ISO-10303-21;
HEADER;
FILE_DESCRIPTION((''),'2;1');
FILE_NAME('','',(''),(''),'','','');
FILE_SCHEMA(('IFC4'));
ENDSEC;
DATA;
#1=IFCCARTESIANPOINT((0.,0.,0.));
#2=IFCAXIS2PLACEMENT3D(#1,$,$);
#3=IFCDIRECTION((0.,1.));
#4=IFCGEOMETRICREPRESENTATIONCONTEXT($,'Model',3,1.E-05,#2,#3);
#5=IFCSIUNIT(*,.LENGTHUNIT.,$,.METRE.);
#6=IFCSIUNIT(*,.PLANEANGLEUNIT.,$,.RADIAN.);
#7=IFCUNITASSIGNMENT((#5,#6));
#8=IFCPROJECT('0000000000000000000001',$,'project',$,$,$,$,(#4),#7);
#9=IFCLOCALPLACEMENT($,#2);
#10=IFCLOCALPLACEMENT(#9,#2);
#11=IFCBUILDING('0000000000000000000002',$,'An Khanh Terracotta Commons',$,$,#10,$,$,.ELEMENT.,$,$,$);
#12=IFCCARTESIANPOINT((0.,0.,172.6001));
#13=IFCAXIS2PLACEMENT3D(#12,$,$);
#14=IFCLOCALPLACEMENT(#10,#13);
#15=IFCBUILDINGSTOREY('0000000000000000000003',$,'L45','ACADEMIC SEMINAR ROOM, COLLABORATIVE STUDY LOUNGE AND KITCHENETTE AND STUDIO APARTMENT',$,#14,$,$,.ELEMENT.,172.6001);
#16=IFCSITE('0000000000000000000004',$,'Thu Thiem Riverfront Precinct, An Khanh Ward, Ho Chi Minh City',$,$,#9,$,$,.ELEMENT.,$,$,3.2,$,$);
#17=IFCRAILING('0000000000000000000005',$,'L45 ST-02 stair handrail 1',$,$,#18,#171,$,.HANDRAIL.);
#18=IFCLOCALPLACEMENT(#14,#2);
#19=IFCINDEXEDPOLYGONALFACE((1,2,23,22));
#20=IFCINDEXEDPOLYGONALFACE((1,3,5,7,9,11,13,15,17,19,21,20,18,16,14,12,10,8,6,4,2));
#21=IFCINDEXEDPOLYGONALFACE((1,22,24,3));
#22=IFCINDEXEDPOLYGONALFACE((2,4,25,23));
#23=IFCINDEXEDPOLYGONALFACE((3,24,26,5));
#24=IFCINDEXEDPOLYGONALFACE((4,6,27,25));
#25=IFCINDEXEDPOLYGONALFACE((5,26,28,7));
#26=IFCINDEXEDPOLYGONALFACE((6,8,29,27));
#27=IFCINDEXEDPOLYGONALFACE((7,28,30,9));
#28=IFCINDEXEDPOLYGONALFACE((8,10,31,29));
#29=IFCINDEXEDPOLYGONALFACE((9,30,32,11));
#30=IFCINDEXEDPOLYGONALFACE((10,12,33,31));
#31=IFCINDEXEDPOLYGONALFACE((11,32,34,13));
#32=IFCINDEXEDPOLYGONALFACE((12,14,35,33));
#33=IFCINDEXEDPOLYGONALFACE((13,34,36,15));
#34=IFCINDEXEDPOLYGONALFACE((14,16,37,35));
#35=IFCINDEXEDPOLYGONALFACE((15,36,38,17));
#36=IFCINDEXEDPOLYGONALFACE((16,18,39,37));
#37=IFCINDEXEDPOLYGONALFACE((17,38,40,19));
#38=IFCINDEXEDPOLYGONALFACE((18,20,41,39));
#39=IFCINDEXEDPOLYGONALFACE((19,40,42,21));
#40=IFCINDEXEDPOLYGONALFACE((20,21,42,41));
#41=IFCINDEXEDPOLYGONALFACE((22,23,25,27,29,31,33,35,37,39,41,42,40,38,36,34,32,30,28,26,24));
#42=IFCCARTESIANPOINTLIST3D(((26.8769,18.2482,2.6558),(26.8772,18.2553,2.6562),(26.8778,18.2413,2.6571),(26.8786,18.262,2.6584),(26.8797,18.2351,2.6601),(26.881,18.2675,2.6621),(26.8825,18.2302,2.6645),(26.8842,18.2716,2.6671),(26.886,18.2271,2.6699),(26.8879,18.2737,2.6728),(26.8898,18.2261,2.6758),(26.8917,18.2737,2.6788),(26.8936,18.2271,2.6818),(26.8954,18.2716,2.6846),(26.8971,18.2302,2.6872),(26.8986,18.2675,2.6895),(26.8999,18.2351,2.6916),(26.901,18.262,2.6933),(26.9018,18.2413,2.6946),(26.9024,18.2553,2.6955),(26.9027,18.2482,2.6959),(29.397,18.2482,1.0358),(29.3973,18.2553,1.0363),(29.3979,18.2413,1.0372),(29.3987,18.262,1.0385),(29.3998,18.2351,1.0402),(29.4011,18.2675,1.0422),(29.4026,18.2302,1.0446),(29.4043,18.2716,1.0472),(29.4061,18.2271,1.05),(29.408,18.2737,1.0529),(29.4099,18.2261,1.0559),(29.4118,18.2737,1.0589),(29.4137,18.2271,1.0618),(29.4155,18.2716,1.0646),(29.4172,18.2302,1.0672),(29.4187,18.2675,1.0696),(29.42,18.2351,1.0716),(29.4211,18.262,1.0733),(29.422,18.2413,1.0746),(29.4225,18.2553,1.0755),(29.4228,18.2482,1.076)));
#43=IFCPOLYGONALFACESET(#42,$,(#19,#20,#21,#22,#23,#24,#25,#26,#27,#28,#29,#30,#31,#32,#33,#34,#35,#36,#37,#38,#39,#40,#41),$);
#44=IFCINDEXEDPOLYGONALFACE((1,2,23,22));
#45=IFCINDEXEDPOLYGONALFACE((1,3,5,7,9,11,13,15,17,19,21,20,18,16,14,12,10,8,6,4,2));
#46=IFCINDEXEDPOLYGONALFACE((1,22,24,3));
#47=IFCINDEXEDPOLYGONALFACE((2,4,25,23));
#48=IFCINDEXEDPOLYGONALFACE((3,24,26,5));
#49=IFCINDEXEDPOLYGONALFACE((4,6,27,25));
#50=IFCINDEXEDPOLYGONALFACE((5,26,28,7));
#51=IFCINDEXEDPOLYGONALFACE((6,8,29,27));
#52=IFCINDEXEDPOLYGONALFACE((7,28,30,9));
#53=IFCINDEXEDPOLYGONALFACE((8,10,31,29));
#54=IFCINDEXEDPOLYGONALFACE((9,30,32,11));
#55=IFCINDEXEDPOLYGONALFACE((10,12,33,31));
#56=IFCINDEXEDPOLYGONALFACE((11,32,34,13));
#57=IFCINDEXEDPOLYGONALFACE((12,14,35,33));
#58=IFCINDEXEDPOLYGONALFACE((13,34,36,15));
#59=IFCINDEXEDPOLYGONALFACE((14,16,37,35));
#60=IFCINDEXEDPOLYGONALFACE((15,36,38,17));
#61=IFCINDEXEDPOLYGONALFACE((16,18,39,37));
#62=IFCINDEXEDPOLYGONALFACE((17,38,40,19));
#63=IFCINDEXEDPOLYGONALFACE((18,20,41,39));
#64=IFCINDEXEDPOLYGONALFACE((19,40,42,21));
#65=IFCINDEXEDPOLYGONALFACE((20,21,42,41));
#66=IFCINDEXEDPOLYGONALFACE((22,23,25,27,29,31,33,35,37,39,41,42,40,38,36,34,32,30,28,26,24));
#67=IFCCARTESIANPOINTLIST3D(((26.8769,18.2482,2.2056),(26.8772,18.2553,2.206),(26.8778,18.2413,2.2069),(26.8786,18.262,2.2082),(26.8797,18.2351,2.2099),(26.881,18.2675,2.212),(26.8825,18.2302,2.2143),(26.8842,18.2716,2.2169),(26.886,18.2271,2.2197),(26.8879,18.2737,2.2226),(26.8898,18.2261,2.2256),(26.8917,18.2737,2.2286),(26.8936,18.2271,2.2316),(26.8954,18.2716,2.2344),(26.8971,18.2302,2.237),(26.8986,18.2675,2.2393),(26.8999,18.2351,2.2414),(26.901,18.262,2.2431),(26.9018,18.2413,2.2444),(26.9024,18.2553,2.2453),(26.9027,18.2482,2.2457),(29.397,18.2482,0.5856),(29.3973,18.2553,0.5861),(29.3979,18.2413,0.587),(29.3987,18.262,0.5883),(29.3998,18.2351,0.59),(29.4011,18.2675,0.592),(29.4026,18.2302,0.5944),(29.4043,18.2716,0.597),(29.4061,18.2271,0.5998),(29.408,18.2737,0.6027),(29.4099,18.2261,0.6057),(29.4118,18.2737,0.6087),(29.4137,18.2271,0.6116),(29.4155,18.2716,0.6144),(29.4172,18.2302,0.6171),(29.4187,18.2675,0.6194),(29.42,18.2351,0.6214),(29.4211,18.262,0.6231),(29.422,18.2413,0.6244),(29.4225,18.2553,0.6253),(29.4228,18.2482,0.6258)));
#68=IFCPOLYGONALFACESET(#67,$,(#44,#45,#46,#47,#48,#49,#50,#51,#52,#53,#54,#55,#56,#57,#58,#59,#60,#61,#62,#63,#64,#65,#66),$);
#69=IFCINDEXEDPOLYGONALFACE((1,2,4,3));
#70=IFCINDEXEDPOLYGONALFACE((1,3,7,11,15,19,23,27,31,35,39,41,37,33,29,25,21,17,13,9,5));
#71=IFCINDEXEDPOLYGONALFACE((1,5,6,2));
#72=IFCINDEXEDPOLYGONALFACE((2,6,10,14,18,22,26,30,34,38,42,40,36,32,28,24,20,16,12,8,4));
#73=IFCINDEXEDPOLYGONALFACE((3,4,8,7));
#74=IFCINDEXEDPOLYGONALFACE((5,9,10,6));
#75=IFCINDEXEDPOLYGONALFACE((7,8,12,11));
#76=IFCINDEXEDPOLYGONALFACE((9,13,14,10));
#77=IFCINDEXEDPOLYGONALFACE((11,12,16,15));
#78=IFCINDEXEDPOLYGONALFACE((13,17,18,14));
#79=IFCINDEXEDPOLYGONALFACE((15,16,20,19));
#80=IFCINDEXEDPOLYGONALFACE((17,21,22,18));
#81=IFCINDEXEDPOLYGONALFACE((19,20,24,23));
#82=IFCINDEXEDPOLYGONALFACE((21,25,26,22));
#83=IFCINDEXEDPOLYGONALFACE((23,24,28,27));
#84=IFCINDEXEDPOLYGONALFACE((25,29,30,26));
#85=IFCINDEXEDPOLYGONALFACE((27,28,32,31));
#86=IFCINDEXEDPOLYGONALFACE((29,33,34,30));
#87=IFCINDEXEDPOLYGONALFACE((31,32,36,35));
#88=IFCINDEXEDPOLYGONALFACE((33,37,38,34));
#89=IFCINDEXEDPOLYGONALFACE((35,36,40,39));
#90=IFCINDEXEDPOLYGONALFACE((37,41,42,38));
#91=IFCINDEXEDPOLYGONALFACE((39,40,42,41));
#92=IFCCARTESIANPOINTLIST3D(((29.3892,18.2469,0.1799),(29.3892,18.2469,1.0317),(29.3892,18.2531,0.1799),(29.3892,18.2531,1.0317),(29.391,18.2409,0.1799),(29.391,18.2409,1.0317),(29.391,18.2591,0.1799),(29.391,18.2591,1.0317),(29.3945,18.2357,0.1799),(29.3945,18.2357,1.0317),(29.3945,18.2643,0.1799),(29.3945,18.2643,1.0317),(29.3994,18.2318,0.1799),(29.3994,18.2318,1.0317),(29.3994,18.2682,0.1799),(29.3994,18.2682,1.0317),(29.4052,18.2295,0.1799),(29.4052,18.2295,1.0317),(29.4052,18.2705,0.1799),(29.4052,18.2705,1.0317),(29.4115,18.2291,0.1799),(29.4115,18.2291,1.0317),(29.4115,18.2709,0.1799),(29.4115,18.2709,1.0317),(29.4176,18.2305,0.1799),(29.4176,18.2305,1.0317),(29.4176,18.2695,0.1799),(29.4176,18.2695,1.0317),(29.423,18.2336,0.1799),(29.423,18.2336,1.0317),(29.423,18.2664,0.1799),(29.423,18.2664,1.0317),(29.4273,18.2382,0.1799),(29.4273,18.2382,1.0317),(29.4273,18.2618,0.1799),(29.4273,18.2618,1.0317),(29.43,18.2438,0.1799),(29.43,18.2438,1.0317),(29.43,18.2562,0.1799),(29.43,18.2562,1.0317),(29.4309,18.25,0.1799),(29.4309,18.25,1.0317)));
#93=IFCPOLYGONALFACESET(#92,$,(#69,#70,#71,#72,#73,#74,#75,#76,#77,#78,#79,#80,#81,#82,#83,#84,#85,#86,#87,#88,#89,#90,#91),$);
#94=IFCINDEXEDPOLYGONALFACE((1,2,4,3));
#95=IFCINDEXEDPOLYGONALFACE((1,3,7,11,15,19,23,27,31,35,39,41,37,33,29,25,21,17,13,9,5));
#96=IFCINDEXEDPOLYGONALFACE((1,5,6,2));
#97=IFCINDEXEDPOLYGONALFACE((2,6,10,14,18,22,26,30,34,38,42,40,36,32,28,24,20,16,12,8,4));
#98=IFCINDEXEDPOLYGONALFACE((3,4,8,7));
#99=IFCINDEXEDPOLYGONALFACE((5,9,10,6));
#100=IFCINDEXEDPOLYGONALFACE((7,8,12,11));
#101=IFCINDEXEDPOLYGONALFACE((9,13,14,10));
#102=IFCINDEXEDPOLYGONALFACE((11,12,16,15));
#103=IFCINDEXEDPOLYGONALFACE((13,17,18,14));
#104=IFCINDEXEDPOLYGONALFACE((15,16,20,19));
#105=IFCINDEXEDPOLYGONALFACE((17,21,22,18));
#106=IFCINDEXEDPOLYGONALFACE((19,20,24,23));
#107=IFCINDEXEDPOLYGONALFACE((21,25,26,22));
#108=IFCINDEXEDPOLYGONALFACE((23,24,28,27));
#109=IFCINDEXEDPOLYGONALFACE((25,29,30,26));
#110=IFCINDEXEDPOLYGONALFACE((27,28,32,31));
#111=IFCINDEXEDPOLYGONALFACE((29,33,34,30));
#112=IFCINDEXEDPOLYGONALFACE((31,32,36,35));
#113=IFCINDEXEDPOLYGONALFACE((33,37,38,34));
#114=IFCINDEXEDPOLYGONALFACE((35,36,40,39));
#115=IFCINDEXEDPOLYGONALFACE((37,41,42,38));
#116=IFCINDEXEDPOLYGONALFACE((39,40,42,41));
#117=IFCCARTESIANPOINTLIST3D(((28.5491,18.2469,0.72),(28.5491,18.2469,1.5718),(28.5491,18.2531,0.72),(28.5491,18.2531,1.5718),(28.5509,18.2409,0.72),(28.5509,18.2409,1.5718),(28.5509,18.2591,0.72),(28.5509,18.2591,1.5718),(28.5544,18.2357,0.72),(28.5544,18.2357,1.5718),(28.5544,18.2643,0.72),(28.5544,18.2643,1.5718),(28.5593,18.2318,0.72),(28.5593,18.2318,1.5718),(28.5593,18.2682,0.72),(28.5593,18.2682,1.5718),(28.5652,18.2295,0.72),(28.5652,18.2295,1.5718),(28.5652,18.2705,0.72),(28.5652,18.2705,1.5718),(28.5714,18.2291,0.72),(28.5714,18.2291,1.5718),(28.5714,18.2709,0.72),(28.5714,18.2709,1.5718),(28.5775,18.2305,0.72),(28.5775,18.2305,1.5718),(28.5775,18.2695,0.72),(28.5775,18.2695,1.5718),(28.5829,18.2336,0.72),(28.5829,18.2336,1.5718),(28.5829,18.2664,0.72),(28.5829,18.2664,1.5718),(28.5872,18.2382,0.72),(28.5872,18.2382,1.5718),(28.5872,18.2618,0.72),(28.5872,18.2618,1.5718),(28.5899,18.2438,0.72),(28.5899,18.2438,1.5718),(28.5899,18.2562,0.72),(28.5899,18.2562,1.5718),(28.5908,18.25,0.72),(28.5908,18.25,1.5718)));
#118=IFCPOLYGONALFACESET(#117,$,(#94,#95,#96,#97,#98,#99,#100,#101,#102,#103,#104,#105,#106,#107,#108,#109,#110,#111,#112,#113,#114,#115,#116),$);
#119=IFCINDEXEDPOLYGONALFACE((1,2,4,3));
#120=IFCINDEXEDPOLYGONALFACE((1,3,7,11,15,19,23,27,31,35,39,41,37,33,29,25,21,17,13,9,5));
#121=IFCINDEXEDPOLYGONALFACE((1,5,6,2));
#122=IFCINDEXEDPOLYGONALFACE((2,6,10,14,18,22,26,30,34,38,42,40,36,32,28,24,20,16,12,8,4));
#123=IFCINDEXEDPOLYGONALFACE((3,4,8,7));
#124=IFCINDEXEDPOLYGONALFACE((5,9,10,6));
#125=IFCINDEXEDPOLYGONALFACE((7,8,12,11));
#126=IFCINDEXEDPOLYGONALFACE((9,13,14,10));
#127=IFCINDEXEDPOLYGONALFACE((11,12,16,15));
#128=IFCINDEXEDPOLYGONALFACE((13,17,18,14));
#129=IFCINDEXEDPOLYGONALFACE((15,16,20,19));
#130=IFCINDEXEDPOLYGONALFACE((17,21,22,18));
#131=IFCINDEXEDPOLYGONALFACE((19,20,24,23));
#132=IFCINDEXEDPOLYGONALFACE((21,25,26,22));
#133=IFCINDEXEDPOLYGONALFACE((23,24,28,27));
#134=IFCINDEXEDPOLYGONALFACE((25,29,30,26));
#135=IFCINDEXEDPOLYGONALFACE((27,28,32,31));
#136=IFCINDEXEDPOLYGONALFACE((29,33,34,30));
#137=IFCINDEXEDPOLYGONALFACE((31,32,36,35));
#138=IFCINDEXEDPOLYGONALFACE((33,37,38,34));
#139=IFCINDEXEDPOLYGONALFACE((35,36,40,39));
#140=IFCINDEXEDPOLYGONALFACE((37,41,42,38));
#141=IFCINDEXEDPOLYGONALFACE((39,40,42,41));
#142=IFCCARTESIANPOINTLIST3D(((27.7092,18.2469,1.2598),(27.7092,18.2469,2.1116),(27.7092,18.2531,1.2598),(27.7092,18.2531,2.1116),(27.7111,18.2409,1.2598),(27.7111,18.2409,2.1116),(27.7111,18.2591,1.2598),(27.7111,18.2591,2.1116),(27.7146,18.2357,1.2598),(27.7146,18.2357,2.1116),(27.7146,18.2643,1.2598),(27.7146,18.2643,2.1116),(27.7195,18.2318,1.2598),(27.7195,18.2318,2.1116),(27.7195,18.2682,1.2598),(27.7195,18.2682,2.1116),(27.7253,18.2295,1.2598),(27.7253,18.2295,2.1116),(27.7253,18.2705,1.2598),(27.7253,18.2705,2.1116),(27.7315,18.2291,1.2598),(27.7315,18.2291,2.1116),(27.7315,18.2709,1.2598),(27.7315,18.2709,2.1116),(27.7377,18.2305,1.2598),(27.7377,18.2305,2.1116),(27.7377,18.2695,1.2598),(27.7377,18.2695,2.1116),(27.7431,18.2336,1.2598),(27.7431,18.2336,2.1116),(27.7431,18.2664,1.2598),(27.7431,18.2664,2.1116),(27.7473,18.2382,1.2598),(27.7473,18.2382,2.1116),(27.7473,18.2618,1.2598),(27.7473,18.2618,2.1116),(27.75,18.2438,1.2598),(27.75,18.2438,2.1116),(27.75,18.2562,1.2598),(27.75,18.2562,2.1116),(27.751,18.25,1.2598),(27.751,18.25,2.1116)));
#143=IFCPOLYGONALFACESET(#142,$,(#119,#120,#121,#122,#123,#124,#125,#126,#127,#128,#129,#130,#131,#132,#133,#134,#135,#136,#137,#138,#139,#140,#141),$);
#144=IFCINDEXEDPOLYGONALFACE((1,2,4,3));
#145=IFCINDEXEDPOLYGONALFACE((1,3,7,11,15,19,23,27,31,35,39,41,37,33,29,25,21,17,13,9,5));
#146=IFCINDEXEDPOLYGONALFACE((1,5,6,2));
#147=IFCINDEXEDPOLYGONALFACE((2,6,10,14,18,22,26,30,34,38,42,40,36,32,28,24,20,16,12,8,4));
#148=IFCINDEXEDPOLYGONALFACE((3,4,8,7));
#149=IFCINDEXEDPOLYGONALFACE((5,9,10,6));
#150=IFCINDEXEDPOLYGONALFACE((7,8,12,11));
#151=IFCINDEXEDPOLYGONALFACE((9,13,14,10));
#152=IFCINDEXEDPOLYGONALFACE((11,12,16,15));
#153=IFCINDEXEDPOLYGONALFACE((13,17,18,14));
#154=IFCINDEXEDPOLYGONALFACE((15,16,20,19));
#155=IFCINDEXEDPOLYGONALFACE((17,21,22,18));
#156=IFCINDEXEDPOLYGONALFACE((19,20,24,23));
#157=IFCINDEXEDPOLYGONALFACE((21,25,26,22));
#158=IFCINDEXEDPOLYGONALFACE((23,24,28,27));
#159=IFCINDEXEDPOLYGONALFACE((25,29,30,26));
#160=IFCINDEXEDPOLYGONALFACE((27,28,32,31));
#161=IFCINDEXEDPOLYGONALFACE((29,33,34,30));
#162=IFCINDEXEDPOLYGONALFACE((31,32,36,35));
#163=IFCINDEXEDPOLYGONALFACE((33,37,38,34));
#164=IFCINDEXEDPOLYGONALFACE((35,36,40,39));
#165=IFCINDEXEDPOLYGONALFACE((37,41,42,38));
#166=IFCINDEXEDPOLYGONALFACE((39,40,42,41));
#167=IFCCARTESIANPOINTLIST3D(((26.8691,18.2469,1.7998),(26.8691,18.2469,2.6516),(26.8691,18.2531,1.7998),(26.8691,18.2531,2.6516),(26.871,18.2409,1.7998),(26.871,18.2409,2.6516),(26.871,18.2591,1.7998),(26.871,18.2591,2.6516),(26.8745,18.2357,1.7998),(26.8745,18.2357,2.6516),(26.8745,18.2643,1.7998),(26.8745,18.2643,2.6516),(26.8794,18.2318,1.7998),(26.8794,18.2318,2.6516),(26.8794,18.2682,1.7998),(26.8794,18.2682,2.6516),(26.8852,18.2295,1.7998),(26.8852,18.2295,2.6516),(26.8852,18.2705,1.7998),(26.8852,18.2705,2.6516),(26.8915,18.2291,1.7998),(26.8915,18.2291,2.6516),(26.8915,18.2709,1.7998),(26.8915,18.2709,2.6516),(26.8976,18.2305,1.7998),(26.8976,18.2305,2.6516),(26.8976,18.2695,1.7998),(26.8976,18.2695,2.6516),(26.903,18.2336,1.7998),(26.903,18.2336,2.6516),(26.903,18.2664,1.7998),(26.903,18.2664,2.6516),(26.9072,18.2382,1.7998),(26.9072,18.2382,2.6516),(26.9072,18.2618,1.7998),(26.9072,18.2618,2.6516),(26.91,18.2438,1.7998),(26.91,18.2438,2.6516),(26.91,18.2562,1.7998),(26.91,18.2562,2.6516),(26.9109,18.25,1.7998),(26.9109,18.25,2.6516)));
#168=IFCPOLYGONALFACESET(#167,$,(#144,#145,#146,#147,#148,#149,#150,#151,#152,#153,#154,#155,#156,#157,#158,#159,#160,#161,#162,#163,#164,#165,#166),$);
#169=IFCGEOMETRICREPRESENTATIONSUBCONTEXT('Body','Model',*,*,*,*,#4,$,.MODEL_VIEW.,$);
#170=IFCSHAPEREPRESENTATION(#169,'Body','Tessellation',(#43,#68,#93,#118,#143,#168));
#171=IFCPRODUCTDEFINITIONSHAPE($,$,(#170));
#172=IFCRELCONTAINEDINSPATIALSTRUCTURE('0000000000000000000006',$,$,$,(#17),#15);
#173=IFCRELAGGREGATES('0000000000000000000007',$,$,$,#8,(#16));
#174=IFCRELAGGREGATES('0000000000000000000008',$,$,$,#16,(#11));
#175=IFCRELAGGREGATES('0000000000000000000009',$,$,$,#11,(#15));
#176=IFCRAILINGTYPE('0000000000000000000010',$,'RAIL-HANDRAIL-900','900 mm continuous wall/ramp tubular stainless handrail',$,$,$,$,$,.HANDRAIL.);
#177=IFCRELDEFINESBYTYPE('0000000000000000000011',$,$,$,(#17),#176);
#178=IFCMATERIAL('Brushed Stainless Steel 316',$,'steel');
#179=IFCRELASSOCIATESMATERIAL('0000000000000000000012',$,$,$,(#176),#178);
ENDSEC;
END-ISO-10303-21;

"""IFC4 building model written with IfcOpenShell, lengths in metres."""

from ifc_helpers import new_model, si_unit, direction, frame, origin, origin_2d, place, context, subcontext, project, spatial, circle, extrude, material, type_object, element, save


model = new_model("IFC4")

# Units and contexts
model_context = context("Model", 3, precision=1e-05, world=origin(), true_north=direction((0.0, 1.0)))
body_context = subcontext(model_context, "Body", "Model", "MODEL_VIEW")
ifc_project = project(units=[si_unit("LENGTHUNIT", "METRE"), si_unit("PLANEANGLEUNIT", "RADIAN")], contexts=[model_context])

# Site, building, storey
site_placement = place(None, origin())
site = spatial("IfcSite", under=ifc_project, at=site_placement, Name="Thu Thiem Riverfront Precinct, An Khanh Ward, Ho Chi Minh City", CompositionType="ELEMENT", RefElevation=3.2)
building_placement = place(site_placement, origin())
building = spatial("IfcBuilding", under=site, at=building_placement, Name="An Khanh Terracotta Commons", CompositionType="ELEMENT")
storey_placement = place(building_placement, frame((0.0, 0.0, 172.6001)))
storey = spatial("IfcBuildingStorey", under=building, at=storey_placement, Name="L45", Description="ACADEMIC SEMINAR ROOM, COLLABORATIVE STUDY LOUNGE AND KITCHENETTE AND STUDIO APARTMENT", CompositionType="ELEMENT", Elevation=172.6001)

# Railing
ifc_material_1 = material(Name="Brushed Stainless Steel 316", Category="steel")
railing_type_1 = type_object("IfcRailingType", Name="RAIL-HANDRAIL-900", Description="900 mm continuous wall/ramp tubular stainless handrail", PredefinedType="HANDRAIL", material=ifc_material_1)
railing_1_placement = place(storey_placement, frame((29.4099, 18.25, 0.1799)))
element("IfcRailing", 1, at=railing_1_placement, inside=storey, type_object=railing_type_1, Name="L45 ST-02 stair handrail 1", PredefinedType="HANDRAIL", context=body_context, shape_type="SweptSolid", body=[
    extrude(circle(Radius=0.0239, at=origin_2d()), frame((0.0, 0.0, 0.876), z_axis=(-0.8412, 0.0, 0.540725), x_axis=(0.0, -1.0, 0.0)), (0.0, 0.0, 1.0), 2.9958),
    extrude(circle(Radius=0.0239, at=origin_2d()), frame((0.0, 0.0, 0.4258), z_axis=(-0.8412, 0.0, 0.540725), x_axis=(0.0, -1.0, 0.0)), (0.0, 0.0, 1.0), 2.9958),
    extrude(circle(Radius=0.021, at=origin_2d()), origin(), (0.0, 0.0, 1.0), 0.8518),
    extrude(circle(Radius=0.021, at=origin_2d()), frame((-0.8401, 0.0, 0.54)), (0.0, 0.0, 1.0), 0.8518),
    extrude(circle(Radius=0.021, at=origin_2d()), frame((-1.6799, 0.0, 1.0798)), (0.0, 0.0, 1.0), 0.8518),
    extrude(circle(Radius=0.021, at=origin_2d()), frame((-2.52, 0.0, 1.6199)), (0.0, 0.0, 1.0), 0.8518),
])

save(model, "model.ifc")
